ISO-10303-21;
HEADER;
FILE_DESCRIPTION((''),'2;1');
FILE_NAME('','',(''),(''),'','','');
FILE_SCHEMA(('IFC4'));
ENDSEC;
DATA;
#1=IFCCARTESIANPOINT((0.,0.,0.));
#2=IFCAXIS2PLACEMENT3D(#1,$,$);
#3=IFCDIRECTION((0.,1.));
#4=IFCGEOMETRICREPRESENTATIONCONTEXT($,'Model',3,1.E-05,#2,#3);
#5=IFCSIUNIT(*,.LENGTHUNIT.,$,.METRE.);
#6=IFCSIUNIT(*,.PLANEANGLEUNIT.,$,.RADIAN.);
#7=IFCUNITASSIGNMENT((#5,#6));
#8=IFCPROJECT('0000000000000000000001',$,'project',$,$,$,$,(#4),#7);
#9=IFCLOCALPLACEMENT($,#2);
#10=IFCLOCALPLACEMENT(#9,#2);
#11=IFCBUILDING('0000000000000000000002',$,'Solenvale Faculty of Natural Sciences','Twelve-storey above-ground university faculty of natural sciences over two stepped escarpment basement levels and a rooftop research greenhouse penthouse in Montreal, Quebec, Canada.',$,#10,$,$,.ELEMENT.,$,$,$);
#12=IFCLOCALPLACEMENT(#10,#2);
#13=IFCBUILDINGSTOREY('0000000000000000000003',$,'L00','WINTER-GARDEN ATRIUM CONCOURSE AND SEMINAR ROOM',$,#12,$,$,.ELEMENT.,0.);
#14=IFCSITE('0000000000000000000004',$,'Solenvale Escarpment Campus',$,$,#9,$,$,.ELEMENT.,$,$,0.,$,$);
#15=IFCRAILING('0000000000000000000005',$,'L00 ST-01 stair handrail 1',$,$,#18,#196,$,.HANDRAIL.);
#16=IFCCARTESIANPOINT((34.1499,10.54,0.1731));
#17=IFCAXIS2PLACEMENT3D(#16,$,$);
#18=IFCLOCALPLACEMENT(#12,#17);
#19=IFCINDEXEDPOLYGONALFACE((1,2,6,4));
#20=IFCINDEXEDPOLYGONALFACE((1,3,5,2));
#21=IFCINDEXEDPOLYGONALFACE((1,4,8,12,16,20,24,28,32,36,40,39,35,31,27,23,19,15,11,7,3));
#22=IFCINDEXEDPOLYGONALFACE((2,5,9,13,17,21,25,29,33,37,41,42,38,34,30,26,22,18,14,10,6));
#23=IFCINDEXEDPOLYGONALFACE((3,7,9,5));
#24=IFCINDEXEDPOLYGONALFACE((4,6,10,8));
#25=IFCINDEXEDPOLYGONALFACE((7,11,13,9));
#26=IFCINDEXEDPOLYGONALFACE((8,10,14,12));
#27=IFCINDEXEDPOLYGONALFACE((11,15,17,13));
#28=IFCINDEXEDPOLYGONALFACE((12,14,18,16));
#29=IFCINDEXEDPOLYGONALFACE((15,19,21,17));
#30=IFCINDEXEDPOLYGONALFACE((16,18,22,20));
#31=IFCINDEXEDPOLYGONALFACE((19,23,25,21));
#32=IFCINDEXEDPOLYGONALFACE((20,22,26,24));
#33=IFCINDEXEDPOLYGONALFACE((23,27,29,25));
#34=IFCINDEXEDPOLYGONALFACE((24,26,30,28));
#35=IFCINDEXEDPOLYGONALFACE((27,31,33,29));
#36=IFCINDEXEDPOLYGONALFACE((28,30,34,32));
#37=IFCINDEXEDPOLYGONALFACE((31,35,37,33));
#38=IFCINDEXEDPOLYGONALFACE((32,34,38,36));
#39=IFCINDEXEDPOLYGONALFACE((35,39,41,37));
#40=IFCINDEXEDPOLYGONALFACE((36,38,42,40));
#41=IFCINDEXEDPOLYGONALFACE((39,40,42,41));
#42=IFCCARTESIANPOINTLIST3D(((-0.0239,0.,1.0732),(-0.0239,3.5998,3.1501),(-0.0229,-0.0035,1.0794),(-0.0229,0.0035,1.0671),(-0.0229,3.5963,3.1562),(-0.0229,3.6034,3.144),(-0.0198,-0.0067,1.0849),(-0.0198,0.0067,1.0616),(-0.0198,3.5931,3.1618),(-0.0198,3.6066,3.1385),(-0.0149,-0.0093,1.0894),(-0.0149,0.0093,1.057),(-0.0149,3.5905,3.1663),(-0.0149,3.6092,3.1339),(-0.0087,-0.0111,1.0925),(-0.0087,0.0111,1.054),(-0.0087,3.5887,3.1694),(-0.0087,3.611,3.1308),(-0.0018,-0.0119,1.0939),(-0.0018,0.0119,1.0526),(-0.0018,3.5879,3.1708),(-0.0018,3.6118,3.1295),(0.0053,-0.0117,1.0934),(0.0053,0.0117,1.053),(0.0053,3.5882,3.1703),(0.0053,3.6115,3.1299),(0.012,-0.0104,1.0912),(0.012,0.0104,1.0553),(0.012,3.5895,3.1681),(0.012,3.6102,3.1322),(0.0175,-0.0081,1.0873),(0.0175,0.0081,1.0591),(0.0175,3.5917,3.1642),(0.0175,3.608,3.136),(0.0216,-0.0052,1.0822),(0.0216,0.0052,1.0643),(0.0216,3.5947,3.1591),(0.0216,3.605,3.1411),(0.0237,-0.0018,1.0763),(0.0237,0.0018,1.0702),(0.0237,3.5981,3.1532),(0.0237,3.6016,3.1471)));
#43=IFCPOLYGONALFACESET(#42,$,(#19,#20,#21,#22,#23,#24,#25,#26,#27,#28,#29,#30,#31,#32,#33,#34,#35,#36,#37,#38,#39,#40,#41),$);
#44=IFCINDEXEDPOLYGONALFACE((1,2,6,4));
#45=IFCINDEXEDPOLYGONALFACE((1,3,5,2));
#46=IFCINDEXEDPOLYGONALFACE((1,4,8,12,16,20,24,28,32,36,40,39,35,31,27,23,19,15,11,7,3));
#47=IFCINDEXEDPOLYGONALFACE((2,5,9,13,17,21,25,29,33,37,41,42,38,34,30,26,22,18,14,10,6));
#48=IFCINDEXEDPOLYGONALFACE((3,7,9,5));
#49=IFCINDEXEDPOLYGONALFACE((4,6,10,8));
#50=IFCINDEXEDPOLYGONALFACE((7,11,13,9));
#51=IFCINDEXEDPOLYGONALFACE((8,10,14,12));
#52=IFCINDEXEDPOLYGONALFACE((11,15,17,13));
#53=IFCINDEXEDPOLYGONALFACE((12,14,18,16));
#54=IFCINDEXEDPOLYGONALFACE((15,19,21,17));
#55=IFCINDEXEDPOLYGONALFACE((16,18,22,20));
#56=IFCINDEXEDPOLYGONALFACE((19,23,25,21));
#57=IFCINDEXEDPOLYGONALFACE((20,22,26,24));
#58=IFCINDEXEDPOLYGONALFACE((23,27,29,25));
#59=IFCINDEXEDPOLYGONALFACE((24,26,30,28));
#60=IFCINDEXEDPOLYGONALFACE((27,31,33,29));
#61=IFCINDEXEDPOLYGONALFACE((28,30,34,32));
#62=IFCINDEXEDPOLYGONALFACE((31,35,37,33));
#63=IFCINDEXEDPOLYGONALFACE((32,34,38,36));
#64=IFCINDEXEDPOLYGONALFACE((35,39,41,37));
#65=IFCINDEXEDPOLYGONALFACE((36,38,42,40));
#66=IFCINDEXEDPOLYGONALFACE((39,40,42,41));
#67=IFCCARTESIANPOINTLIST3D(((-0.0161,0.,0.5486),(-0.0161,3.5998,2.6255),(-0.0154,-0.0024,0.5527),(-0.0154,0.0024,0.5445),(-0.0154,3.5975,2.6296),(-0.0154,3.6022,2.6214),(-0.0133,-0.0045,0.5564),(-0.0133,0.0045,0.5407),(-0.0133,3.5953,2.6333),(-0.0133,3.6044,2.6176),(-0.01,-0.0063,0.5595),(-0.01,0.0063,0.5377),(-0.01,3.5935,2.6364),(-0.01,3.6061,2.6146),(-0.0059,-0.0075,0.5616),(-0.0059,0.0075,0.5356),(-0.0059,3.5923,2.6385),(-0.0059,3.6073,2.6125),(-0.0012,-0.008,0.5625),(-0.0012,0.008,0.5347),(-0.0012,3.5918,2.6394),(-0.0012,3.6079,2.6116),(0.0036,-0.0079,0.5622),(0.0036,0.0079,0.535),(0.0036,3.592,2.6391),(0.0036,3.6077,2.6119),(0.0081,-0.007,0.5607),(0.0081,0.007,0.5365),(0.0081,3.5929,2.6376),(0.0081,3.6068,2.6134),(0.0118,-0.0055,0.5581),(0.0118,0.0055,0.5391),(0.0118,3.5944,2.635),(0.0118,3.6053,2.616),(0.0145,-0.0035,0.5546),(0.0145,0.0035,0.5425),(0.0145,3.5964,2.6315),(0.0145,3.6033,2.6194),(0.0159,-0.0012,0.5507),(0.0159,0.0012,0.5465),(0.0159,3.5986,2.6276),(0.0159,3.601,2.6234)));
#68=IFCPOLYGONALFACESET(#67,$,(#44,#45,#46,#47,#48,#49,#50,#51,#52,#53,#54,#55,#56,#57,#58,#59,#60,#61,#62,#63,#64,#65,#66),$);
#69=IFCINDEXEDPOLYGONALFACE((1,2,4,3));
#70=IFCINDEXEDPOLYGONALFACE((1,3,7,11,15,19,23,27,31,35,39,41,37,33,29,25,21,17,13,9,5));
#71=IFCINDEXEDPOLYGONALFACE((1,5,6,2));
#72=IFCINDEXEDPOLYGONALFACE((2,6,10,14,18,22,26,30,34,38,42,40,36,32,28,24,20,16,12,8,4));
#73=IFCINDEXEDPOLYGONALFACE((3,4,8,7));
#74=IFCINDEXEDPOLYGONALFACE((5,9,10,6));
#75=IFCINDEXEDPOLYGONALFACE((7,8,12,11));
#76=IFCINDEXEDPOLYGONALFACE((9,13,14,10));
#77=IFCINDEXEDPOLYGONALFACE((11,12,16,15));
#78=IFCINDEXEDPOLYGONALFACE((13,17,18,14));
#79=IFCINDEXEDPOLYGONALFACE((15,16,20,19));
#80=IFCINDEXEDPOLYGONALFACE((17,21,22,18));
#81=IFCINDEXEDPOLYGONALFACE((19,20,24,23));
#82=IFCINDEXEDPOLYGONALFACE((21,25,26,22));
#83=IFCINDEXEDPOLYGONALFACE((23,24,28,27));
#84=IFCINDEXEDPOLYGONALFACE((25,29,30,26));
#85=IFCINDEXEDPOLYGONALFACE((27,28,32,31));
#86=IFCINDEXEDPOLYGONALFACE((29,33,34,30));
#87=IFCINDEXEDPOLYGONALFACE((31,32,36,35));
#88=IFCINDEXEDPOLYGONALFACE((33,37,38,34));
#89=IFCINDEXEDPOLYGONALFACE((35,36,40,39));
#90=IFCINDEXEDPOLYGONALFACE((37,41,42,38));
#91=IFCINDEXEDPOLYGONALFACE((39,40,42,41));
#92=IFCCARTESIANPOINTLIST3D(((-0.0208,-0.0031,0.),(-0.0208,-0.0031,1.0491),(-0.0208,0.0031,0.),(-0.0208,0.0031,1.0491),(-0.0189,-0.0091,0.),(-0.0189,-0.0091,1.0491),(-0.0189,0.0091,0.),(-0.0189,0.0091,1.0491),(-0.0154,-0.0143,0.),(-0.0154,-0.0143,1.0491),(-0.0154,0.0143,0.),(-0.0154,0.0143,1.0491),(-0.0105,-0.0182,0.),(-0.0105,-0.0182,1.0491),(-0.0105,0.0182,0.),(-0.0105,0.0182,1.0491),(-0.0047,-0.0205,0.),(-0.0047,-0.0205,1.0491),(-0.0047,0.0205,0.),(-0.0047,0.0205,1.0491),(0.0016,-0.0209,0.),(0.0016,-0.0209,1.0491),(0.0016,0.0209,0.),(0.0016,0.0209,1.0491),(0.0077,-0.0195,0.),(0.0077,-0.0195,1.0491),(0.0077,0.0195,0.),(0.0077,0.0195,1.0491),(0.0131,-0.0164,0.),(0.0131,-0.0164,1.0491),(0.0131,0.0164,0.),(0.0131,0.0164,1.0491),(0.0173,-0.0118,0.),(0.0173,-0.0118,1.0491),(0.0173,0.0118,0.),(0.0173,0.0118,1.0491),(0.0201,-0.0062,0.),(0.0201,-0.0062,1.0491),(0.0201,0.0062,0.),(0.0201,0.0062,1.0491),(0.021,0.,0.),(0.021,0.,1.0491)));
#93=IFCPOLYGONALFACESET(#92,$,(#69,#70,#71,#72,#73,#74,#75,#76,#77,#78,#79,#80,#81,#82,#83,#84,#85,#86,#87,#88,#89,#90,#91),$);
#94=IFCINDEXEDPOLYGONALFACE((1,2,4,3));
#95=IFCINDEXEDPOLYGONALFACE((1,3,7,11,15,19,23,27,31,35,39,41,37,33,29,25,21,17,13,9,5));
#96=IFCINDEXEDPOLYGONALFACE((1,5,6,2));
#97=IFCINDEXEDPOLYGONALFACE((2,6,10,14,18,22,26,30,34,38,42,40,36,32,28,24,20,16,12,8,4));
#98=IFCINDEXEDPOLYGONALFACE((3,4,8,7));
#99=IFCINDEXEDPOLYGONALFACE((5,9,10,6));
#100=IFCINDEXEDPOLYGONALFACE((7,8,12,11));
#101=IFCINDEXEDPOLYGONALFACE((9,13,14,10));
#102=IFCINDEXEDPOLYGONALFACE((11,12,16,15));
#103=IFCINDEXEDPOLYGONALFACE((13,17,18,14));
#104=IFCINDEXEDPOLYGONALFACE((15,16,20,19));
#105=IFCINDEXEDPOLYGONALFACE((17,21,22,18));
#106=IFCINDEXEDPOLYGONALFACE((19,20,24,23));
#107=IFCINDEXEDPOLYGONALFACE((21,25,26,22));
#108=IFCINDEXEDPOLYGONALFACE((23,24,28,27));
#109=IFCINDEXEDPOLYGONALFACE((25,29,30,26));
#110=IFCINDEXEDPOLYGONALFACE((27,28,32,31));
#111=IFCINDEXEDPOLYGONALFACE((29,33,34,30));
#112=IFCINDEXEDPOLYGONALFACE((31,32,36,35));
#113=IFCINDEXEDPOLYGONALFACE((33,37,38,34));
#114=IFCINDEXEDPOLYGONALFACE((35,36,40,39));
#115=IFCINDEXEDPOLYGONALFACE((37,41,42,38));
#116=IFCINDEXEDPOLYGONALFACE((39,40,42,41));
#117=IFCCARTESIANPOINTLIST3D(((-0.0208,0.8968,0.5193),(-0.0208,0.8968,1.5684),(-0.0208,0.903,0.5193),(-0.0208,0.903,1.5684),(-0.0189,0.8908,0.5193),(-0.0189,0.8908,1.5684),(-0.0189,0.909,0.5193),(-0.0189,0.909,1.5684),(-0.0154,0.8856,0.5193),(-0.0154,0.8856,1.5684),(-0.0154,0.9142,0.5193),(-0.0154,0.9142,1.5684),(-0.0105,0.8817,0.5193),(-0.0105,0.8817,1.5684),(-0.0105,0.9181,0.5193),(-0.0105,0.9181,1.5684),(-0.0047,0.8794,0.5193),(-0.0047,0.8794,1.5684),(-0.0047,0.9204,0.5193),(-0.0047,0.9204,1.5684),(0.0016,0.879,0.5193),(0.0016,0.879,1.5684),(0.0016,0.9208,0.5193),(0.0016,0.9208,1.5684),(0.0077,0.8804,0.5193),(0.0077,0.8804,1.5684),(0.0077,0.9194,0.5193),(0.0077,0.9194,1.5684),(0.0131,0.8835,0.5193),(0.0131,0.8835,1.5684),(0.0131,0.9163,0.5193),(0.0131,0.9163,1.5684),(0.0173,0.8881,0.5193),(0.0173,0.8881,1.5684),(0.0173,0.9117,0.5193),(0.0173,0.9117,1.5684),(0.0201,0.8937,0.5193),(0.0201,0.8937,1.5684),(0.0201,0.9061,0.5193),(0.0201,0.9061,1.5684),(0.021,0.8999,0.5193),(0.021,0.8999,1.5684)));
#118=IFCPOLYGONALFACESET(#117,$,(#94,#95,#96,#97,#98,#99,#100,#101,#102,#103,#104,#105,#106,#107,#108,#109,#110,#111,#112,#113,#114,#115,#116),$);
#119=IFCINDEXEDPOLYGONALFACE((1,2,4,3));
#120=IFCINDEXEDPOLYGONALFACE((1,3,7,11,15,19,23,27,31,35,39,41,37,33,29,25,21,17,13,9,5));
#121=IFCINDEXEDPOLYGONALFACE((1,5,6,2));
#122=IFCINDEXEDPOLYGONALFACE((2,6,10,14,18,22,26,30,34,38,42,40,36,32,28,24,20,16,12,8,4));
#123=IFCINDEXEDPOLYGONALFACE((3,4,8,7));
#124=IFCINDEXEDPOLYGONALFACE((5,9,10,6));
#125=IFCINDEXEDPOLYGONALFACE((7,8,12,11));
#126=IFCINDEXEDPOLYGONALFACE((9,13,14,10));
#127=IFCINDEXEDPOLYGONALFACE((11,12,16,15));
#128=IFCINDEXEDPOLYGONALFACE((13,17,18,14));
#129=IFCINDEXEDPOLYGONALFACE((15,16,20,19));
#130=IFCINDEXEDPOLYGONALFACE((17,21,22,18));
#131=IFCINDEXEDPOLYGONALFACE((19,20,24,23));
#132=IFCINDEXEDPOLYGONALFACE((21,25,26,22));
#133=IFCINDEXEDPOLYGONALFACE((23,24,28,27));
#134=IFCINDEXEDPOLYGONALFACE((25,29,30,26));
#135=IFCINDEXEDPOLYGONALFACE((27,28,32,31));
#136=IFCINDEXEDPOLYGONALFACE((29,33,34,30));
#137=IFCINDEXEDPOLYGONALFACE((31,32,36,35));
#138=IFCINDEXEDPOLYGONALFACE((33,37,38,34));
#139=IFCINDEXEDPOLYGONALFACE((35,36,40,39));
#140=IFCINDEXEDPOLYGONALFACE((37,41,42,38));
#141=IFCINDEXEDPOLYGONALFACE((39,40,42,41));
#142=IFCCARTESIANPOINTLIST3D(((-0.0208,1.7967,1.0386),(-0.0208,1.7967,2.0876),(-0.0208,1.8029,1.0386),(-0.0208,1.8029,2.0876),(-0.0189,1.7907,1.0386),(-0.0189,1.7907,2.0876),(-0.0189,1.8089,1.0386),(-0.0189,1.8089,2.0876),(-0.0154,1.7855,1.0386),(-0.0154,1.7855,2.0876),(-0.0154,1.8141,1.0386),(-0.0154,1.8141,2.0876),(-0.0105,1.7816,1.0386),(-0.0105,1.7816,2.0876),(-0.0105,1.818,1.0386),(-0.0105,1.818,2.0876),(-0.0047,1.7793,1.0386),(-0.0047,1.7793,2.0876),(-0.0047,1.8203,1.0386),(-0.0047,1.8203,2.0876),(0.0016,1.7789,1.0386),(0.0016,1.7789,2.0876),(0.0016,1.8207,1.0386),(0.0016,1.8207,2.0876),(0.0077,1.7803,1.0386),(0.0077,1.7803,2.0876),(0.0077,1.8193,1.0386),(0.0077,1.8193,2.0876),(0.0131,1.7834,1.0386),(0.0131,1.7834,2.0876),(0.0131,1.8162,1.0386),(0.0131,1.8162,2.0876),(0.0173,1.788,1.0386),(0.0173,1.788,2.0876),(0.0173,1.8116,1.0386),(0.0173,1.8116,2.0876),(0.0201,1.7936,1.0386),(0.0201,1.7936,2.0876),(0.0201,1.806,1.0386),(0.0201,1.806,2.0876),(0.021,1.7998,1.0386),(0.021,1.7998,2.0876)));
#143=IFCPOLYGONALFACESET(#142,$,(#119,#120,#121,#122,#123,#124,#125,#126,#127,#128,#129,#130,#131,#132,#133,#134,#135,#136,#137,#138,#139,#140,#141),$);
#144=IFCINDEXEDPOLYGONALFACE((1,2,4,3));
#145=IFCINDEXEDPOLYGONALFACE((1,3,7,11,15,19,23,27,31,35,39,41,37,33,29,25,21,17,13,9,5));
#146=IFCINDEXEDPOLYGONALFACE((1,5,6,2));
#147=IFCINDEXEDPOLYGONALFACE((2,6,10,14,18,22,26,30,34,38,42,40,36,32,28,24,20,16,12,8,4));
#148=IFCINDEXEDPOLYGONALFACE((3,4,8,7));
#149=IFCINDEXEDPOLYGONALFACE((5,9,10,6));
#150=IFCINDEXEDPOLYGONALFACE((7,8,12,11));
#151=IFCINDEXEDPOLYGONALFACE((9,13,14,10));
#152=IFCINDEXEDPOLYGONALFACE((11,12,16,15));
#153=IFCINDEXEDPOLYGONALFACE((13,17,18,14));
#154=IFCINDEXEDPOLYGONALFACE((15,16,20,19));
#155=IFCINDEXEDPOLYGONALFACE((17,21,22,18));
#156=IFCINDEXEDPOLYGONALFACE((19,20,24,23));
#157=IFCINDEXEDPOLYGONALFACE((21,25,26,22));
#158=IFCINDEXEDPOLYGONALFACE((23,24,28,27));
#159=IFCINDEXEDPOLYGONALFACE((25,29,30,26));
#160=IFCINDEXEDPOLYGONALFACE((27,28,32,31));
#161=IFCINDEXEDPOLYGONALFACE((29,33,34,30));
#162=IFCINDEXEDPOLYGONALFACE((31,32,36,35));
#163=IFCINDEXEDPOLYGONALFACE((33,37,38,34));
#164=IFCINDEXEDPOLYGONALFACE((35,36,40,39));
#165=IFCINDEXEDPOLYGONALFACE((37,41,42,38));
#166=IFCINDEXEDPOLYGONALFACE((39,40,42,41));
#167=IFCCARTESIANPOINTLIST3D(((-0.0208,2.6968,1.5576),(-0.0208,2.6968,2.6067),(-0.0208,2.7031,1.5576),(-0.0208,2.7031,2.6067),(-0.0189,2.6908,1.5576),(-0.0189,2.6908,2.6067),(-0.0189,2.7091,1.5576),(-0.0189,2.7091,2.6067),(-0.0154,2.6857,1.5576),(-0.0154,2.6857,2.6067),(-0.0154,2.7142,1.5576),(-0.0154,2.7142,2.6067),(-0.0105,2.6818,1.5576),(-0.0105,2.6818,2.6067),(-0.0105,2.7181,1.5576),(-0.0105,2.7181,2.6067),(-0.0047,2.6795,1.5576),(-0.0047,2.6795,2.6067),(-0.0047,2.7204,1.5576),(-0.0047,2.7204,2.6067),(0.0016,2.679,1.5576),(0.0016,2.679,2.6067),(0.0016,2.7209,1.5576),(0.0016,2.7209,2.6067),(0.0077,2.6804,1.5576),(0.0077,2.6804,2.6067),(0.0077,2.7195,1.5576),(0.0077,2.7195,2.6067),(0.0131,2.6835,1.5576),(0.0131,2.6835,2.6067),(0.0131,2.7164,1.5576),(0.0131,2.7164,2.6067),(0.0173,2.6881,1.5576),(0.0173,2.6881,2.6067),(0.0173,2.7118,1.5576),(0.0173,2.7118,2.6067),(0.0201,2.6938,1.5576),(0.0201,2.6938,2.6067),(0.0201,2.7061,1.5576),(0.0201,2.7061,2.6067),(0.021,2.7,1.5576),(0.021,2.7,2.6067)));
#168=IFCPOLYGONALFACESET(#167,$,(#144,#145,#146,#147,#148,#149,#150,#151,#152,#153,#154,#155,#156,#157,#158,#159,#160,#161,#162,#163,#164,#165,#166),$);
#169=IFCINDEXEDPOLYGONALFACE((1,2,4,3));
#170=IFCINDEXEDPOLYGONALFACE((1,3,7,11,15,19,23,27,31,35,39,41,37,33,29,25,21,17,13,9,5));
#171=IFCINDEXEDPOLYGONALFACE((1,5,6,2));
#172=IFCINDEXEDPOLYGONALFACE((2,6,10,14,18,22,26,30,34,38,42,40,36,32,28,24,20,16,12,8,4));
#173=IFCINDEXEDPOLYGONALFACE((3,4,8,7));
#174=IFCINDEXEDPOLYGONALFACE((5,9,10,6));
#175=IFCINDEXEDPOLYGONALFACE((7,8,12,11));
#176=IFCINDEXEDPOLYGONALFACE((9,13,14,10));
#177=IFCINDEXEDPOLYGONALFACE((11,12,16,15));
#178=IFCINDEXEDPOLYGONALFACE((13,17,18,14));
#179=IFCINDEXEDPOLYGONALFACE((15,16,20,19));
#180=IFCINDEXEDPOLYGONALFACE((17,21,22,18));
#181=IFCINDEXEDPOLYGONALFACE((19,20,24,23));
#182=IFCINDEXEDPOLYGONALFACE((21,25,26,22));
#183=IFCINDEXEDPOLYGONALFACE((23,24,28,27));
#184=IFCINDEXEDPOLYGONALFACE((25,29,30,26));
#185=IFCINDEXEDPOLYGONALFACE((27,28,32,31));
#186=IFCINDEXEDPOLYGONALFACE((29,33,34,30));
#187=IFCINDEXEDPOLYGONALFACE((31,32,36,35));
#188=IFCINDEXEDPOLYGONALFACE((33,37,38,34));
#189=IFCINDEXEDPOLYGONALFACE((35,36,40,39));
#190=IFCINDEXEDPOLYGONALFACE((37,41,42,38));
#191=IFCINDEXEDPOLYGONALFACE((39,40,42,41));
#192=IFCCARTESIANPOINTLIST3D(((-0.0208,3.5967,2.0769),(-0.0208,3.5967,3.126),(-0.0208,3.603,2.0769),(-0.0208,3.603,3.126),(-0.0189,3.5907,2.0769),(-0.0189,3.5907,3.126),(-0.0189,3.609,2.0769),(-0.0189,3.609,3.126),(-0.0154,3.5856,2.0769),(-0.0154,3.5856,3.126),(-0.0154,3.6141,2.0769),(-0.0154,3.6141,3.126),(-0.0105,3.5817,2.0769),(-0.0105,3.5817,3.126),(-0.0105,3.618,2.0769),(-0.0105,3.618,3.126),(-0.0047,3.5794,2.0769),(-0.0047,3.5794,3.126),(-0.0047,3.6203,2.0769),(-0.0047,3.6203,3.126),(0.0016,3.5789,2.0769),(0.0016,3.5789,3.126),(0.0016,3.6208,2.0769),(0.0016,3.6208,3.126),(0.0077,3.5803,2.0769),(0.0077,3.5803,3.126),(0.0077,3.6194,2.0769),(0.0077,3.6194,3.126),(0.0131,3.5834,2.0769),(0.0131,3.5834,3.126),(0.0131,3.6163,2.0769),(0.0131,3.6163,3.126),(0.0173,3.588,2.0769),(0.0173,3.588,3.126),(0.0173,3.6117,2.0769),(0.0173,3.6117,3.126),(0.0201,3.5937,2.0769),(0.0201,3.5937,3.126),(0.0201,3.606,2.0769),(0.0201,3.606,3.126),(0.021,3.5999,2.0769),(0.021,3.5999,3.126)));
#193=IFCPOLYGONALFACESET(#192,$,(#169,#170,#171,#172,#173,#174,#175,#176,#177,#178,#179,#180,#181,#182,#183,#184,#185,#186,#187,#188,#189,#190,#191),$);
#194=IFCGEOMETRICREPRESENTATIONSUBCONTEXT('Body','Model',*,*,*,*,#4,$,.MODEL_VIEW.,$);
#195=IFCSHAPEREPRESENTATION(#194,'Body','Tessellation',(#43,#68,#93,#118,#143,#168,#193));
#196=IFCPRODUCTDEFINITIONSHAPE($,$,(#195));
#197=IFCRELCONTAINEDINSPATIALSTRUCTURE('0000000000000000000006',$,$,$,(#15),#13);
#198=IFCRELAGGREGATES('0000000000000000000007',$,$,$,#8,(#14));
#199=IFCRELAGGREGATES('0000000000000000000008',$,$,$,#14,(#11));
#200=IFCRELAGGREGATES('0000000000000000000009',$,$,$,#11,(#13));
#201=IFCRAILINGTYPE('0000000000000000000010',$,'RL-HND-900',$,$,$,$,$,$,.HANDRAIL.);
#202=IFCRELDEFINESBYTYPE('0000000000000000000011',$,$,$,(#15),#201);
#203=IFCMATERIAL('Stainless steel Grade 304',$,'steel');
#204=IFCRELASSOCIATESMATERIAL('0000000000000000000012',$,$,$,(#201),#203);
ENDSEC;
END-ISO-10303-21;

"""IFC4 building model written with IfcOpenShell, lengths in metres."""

from ifc_helpers import new_model, si_unit, direction, frame, origin, origin_2d, place, context, subcontext, project, spatial, circle, extrude, material, type_object, element, save


model = new_model("IFC4")

# Units and contexts
model_context = context("Model", 3, precision=1e-05, world=origin(), true_north=direction((0.0, 1.0)))
body_context = subcontext(model_context, "Body", "Model", "MODEL_VIEW")
ifc_project = project(units=[si_unit("LENGTHUNIT", "METRE"), si_unit("PLANEANGLEUNIT", "RADIAN")], contexts=[model_context])

# Site, building, storey
site_placement = place(None, origin())
site = spatial("IfcSite", under=ifc_project, at=site_placement, Name="Solenvale Escarpment Campus", CompositionType="ELEMENT", RefElevation=0.0)
building_placement = place(site_placement, origin())
building = spatial("IfcBuilding", under=site, at=building_placement, Name="Solenvale Faculty of Natural Sciences", Description="Twelve-storey above-ground university faculty of natural sciences over two stepped escarpment basement levels and a rooftop research greenhouse penthouse in Montreal, Quebec, Canada.", CompositionType="ELEMENT")
storey_placement = place(building_placement, origin())
storey = spatial("IfcBuildingStorey", under=building, at=storey_placement, Name="L00", Description="WINTER-GARDEN ATRIUM CONCOURSE AND SEMINAR ROOM", CompositionType="ELEMENT", Elevation=0.0)

# Railing
ifc_material_1 = material(Name="Stainless steel Grade 304", Category="steel")
railing_type_1 = type_object("IfcRailingType", Name="RL-HND-900", PredefinedType="HANDRAIL", material=ifc_material_1)
railing_1_placement = place(storey_placement, frame((34.1499, 10.54, 0.1731)))
element("IfcRailing", 1, at=railing_1_placement, inside=storey, type_object=railing_type_1, Name="L00 ST-01 stair handrail 1", PredefinedType="HANDRAIL", context=body_context, shape_type="SweptSolid", body=[
    extrude(circle(Radius=0.0239, at=origin_2d()), frame((0.0, 0.0, 1.0732), z_axis=(0.0, 0.866179, 0.499734), x_axis=(-1.0, 0.0, 0.0)), (0.0, 0.0, 1.0), 4.156),
    extrude(circle(Radius=0.0161, at=origin_2d()), frame((0.0, 0.0, 0.5486), z_axis=(0.0, 0.866179, 0.499734), x_axis=(-1.0, 0.0, 0.0)), (0.0, 0.0, 1.0), 4.156),
    extrude(circle(Radius=0.021, at=origin_2d()), origin(), (0.0, 0.0, 1.0), 1.0491),
    extrude(circle(Radius=0.021, at=origin_2d()), frame((0.0, 0.8999, 0.5193)), (0.0, 0.0, 1.0), 1.0491),
    extrude(circle(Radius=0.021, at=origin_2d()), frame((0.0, 1.7998, 1.0386)), (0.0, 0.0, 1.0), 1.0491),
    extrude(circle(Radius=0.021, at=origin_2d()), frame((0.0, 2.7, 1.5576)), (0.0, 0.0, 1.0), 1.0491),
    extrude(circle(Radius=0.021, at=origin_2d()), frame((0.0, 3.5999, 2.0769)), (0.0, 0.0, 1.0), 1.0491),
])

save(model, "model.ifc")
